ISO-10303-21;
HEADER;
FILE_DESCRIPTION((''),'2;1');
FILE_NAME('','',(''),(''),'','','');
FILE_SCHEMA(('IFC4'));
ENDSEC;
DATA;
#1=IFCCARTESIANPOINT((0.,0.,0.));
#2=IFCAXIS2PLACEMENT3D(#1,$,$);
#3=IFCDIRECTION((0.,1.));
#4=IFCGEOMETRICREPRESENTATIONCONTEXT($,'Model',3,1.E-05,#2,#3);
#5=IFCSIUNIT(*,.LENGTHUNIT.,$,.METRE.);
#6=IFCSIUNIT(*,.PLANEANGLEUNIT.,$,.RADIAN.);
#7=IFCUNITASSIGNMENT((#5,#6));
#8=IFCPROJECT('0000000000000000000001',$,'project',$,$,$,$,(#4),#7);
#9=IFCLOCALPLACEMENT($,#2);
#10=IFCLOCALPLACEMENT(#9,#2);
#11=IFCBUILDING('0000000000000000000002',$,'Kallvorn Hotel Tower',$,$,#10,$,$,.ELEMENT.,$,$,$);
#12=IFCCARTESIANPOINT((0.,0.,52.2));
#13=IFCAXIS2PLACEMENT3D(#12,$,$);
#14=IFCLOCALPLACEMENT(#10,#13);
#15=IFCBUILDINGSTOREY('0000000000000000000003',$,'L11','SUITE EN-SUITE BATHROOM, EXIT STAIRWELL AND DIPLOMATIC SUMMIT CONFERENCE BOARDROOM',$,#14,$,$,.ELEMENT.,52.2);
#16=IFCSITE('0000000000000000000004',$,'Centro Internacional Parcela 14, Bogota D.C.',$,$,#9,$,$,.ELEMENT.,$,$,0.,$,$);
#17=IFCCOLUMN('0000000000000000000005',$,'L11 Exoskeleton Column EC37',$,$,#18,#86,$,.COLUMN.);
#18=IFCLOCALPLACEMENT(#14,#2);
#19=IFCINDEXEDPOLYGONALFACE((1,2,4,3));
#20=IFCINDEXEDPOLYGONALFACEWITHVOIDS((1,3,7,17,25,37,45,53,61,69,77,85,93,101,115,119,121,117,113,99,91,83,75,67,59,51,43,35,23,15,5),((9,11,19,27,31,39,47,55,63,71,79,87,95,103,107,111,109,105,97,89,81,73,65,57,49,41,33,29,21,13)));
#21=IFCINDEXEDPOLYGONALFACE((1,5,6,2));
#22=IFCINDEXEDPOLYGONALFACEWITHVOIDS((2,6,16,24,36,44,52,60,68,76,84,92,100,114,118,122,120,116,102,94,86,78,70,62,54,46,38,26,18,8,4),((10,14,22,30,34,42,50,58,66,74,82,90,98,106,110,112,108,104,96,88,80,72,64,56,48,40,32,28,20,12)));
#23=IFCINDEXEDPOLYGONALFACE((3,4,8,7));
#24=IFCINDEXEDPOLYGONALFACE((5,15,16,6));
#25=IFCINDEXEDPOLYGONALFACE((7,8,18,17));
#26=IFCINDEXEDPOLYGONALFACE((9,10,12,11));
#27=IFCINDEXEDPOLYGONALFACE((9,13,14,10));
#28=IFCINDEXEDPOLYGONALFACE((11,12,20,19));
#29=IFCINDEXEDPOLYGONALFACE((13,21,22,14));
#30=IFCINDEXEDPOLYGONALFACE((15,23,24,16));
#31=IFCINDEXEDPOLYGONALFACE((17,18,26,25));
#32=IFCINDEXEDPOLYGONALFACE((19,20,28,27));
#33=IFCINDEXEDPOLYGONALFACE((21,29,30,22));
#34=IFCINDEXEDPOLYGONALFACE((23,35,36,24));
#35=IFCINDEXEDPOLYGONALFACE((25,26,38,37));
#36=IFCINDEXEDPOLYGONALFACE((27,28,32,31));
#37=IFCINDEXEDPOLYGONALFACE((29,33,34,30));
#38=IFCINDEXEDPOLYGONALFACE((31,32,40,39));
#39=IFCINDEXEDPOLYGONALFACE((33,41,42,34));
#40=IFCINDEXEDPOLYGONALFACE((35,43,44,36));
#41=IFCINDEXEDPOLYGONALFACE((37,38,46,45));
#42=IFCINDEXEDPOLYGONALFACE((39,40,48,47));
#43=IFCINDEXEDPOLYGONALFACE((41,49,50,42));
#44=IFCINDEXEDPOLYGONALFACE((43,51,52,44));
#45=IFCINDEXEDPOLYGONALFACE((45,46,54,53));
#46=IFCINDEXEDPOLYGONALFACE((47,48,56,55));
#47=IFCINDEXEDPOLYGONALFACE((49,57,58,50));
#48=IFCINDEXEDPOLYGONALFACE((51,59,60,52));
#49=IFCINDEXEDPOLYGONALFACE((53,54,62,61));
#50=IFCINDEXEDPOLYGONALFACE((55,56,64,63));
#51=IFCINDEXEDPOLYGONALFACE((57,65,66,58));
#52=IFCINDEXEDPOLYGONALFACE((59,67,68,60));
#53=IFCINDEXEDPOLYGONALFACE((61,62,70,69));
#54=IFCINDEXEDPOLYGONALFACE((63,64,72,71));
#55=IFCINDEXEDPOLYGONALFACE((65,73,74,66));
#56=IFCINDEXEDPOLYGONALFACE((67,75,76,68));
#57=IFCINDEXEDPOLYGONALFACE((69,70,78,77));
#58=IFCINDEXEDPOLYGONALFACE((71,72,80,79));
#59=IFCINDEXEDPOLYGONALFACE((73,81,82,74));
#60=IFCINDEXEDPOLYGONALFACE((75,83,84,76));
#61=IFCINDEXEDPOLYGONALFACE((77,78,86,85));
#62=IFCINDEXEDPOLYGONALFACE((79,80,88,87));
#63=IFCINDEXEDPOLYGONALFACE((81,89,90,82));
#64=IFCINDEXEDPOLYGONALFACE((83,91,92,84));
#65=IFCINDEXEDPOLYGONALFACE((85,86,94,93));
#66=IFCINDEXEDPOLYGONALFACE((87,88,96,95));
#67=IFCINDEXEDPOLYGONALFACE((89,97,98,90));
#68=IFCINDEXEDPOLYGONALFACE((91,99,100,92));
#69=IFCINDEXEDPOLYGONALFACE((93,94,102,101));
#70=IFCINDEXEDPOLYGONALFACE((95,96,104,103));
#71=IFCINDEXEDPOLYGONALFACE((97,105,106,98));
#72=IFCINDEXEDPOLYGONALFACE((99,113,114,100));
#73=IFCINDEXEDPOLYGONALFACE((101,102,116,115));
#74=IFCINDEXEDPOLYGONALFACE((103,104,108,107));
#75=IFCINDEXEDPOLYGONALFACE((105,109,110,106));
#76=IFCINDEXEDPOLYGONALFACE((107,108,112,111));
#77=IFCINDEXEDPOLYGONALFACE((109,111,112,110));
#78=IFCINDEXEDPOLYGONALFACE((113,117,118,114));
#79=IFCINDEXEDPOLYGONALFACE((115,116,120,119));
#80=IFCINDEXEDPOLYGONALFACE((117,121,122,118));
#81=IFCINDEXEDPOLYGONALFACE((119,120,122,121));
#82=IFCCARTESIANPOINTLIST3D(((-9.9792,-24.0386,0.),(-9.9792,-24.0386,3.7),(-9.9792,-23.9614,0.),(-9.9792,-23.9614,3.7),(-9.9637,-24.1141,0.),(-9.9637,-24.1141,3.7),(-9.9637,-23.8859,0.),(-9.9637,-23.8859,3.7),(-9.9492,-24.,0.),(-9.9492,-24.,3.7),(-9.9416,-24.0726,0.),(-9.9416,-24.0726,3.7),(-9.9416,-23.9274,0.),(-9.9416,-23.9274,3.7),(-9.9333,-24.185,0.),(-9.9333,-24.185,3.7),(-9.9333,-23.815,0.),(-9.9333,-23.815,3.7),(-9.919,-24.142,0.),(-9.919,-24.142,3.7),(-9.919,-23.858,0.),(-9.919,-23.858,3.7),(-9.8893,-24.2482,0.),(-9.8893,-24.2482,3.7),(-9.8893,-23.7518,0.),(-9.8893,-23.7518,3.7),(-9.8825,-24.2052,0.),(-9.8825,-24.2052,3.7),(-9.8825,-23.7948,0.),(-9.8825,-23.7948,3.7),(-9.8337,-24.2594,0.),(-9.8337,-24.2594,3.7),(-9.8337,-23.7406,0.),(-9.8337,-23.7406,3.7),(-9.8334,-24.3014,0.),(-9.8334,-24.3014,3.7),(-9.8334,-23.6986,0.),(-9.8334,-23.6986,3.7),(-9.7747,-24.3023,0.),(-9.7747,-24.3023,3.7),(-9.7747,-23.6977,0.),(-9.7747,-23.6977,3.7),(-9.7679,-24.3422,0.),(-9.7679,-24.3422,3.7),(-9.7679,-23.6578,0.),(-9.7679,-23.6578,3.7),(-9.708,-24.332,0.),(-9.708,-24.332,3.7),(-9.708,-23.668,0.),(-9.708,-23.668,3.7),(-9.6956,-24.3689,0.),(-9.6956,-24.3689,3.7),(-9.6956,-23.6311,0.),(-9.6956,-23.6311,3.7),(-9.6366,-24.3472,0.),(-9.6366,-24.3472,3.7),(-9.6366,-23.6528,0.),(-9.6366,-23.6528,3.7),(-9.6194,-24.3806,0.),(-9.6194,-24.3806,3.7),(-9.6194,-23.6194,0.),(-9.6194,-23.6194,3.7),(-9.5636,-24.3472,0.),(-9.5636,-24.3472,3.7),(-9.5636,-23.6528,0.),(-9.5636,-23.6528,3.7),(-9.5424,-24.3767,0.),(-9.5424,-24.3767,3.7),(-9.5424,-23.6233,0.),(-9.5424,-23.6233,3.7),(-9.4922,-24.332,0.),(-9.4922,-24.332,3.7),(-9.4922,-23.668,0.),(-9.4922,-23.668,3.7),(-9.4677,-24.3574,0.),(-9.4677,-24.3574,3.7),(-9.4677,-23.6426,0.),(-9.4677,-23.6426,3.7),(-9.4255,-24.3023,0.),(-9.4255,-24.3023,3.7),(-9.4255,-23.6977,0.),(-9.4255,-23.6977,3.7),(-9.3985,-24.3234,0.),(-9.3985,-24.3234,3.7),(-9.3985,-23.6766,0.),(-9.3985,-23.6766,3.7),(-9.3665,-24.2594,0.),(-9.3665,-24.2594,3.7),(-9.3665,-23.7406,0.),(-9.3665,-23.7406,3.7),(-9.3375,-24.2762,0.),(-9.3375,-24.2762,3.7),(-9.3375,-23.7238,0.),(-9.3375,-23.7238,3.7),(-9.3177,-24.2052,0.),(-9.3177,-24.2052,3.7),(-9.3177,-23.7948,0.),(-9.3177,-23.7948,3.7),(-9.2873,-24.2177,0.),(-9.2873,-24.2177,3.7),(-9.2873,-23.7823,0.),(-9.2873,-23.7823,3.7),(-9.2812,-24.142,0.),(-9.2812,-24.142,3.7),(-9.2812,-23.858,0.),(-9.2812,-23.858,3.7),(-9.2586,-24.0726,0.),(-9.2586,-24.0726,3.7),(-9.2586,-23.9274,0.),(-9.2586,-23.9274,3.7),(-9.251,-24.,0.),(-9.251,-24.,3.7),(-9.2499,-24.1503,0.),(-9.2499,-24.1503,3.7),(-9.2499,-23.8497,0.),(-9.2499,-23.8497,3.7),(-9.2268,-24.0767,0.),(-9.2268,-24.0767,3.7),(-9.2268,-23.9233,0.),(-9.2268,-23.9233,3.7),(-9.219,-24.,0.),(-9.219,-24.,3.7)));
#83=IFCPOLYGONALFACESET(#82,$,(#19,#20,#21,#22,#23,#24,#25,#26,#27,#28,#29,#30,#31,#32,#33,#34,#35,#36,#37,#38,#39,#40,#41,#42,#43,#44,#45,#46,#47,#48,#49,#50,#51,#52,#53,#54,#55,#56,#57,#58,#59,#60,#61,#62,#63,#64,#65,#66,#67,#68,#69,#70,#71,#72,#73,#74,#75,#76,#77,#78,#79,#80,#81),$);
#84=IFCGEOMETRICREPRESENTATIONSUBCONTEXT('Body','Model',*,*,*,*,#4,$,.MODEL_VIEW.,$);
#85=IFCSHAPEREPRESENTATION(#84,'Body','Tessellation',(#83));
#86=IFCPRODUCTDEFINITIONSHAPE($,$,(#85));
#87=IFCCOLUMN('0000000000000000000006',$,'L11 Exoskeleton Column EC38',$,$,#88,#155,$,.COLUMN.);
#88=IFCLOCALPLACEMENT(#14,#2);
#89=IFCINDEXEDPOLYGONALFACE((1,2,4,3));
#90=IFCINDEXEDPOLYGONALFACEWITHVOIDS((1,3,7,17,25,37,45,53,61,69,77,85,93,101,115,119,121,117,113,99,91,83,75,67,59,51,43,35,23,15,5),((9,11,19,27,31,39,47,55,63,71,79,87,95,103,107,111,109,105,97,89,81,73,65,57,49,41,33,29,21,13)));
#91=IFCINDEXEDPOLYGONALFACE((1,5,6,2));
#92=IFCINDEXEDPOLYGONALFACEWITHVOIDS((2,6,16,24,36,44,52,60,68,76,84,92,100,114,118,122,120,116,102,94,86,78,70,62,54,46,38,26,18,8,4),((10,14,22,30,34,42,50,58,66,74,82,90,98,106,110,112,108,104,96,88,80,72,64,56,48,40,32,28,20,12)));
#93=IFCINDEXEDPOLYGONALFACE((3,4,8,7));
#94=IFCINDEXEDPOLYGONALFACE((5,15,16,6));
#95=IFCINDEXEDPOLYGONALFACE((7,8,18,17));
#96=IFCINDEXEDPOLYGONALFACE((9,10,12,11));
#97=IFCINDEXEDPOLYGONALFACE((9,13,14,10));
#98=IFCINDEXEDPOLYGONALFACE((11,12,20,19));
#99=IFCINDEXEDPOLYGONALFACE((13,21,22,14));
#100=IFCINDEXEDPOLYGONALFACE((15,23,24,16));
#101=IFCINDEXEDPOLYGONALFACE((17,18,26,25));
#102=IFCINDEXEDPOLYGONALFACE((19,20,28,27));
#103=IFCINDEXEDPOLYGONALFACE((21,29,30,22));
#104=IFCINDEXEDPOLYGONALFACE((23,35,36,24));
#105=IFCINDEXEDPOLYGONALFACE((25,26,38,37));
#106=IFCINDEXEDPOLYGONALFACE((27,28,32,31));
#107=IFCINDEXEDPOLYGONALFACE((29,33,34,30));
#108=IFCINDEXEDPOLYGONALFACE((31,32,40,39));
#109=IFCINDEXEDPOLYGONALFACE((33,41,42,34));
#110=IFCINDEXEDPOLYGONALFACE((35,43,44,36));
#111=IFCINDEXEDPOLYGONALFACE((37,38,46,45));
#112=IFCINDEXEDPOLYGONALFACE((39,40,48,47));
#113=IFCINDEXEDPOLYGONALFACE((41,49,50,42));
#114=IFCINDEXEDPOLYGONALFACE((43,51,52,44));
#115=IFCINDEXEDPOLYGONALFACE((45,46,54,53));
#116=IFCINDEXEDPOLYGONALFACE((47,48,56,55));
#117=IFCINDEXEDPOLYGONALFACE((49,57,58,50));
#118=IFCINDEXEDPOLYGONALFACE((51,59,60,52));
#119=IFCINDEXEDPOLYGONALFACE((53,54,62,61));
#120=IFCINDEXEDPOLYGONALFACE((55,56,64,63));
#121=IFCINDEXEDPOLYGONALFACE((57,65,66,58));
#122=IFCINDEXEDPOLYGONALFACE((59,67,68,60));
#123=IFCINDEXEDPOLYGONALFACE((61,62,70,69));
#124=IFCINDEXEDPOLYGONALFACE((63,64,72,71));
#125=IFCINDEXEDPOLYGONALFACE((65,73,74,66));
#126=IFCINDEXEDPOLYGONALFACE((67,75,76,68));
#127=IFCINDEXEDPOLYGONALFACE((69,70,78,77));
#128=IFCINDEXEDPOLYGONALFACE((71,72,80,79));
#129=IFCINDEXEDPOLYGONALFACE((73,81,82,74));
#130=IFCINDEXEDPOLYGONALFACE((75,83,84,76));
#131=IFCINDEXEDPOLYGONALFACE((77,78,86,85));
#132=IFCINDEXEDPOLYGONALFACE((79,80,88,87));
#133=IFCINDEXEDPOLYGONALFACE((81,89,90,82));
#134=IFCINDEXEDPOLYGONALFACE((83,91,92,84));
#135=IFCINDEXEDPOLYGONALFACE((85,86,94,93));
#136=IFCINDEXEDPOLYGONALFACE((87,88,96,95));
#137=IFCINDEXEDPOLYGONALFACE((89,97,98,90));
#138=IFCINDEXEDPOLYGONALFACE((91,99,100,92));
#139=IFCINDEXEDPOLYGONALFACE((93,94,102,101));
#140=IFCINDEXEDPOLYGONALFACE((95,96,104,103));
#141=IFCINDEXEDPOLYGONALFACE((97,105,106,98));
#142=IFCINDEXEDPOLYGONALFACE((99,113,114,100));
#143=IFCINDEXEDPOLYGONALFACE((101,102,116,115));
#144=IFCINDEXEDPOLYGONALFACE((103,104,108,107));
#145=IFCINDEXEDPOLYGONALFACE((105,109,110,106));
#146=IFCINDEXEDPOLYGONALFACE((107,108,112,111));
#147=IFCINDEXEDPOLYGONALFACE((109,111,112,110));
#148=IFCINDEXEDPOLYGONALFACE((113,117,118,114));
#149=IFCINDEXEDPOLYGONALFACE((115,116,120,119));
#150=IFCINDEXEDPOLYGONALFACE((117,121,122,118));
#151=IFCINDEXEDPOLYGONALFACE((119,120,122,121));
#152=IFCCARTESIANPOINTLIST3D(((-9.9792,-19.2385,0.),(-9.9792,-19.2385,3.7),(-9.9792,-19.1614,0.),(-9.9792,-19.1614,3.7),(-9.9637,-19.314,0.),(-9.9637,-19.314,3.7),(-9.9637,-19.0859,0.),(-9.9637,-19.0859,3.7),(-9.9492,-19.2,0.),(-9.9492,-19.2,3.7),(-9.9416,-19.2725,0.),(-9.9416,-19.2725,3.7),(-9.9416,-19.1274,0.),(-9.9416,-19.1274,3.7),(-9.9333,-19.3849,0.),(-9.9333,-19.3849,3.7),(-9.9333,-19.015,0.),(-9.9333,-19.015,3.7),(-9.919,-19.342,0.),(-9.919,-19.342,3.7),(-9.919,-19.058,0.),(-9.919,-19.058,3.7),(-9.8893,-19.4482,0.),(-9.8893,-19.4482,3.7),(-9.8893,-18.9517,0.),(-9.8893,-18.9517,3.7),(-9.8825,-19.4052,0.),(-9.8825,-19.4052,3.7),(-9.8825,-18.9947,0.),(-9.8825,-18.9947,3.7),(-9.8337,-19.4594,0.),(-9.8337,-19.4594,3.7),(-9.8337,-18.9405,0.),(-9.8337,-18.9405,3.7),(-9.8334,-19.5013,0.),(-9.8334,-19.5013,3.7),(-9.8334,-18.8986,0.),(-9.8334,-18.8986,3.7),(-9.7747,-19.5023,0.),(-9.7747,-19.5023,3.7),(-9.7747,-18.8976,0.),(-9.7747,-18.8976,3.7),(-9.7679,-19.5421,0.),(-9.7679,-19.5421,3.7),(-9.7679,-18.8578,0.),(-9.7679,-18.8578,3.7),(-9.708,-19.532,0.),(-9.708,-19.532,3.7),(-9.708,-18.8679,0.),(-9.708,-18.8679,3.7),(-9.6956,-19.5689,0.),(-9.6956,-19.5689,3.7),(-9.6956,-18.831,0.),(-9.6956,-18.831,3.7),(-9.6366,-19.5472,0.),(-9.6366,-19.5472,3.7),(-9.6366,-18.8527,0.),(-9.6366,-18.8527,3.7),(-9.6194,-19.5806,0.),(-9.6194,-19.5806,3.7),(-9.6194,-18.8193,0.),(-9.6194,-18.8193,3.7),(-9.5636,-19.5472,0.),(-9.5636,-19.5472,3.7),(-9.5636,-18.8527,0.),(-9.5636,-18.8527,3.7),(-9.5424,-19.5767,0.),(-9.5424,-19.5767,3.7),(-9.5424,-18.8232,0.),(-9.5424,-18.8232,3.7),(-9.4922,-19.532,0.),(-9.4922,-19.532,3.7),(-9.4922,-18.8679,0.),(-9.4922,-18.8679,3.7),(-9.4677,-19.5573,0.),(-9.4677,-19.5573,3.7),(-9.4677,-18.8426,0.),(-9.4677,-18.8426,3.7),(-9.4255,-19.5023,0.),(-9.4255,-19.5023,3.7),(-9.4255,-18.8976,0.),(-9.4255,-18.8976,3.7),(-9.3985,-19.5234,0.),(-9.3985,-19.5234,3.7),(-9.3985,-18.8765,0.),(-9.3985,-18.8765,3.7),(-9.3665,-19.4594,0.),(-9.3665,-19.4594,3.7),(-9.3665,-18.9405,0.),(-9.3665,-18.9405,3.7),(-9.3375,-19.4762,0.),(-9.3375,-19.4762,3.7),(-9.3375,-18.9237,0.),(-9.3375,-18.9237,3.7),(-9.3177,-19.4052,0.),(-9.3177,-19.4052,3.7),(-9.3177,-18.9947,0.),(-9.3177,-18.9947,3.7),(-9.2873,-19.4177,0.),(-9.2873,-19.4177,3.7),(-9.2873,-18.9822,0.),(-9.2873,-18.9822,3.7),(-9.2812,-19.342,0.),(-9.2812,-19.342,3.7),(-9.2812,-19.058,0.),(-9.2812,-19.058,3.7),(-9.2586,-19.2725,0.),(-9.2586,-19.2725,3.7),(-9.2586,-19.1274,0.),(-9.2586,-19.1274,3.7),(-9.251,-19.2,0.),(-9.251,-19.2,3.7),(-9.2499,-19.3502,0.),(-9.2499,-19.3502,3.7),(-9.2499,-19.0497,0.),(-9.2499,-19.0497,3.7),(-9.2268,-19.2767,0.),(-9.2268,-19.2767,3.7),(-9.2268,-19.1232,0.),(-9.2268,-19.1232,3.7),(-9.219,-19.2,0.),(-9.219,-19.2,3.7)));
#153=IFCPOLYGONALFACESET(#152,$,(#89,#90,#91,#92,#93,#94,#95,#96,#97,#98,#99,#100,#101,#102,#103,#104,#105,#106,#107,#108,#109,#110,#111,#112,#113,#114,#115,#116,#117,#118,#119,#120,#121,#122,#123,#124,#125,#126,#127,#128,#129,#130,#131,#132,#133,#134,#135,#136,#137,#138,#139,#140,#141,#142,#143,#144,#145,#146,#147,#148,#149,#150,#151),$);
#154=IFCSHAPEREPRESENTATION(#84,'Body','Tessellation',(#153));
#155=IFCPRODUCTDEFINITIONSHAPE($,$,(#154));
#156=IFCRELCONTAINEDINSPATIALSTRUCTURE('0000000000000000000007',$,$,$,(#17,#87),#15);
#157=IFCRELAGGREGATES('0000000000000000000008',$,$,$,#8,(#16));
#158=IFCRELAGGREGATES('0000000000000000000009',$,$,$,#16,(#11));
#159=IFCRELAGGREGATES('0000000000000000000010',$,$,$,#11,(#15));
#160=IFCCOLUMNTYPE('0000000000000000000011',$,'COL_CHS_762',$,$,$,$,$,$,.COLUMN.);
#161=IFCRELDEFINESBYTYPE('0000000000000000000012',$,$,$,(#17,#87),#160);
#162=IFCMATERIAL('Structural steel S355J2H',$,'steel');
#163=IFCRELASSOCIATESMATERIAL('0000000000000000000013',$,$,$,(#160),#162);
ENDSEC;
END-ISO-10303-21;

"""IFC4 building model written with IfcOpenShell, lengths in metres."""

from ifc_helpers import new_model, si_unit, direction, frame, origin, origin_2d, place, context, subcontext, project, spatial, hollow_circle, extrude, material, material_profile, profile_set, type_object, element, save


model = new_model("IFC4")

# Units and contexts
model_context = context("Model", 3, precision=1e-05, world=origin(), true_north=direction((0.0, 1.0)))
body_context = subcontext(model_context, "Body", "Model", "MODEL_VIEW")
ifc_project = project(units=[si_unit("LENGTHUNIT", "METRE"), si_unit("PLANEANGLEUNIT", "RADIAN")], contexts=[model_context])

# Site, building, storey
site_placement = place(None, origin())
site = spatial("IfcSite", under=ifc_project, at=site_placement, Name="Centro Internacional Parcela 14, Bogota D.C.", CompositionType="ELEMENT", RefElevation=0.0)
building_placement = place(site_placement, origin())
building = spatial("IfcBuilding", under=site, at=building_placement, Name="Kallvorn Hotel Tower", CompositionType="ELEMENT")
storey_placement = place(building_placement, frame((0.0, 0.0, 52.2)))
storey = spatial("IfcBuildingStorey", under=building, at=storey_placement, Name="L11", Description="SUITE EN-SUITE BATHROOM, EXIT STAIRWELL AND DIPLOMATIC SUMMIT CONFERENCE BOARDROOM", CompositionType="ELEMENT", Elevation=52.2)

# Columns
ifc_material_1 = material(Name="Structural steel S355J2H", Category="steel")
ifc_material_profile_1 = material_profile(ifc_material_1, hollow_circle(Radius=0.3811, WallThickness=0.032, at=origin_2d()), Name="CHS 762x32")
ifc_profile_set_1 = profile_set([ifc_material_profile_1], Name="Structural steel S355J2H")
column_type_1 = type_object("IfcColumnType", Name="COL_CHS_762", PredefinedType="COLUMN", material=ifc_profile_set_1)
for number, where, z_axis, x_axis, name in (
    (1, (-9.6001, -24.0, 0.0), (0.0, 0.0, 1.0), (1.0, 0.0, 0.0), "L11 Exoskeleton Column EC37"),
    (2, (-9.6001, -19.2, 0.0), (0.0, 0.0, 1.0), (1.0, 0.0, 0.0), "L11 Exoskeleton Column EC38"),
):
    element("IfcColumn", number, at=place(storey_placement, frame(where, z_axis=z_axis, x_axis=x_axis)), inside=storey, type_object=column_type_1, Name=name, PredefinedType="COLUMN", context=body_context, shape_type="SweptSolid", body=[
        extrude(hollow_circle(Radius=0.3811, WallThickness=0.032, at=origin_2d()), origin(), (0.0, 0.0, 1.0), 3.7),
    ])

save(model, "model.ifc")
